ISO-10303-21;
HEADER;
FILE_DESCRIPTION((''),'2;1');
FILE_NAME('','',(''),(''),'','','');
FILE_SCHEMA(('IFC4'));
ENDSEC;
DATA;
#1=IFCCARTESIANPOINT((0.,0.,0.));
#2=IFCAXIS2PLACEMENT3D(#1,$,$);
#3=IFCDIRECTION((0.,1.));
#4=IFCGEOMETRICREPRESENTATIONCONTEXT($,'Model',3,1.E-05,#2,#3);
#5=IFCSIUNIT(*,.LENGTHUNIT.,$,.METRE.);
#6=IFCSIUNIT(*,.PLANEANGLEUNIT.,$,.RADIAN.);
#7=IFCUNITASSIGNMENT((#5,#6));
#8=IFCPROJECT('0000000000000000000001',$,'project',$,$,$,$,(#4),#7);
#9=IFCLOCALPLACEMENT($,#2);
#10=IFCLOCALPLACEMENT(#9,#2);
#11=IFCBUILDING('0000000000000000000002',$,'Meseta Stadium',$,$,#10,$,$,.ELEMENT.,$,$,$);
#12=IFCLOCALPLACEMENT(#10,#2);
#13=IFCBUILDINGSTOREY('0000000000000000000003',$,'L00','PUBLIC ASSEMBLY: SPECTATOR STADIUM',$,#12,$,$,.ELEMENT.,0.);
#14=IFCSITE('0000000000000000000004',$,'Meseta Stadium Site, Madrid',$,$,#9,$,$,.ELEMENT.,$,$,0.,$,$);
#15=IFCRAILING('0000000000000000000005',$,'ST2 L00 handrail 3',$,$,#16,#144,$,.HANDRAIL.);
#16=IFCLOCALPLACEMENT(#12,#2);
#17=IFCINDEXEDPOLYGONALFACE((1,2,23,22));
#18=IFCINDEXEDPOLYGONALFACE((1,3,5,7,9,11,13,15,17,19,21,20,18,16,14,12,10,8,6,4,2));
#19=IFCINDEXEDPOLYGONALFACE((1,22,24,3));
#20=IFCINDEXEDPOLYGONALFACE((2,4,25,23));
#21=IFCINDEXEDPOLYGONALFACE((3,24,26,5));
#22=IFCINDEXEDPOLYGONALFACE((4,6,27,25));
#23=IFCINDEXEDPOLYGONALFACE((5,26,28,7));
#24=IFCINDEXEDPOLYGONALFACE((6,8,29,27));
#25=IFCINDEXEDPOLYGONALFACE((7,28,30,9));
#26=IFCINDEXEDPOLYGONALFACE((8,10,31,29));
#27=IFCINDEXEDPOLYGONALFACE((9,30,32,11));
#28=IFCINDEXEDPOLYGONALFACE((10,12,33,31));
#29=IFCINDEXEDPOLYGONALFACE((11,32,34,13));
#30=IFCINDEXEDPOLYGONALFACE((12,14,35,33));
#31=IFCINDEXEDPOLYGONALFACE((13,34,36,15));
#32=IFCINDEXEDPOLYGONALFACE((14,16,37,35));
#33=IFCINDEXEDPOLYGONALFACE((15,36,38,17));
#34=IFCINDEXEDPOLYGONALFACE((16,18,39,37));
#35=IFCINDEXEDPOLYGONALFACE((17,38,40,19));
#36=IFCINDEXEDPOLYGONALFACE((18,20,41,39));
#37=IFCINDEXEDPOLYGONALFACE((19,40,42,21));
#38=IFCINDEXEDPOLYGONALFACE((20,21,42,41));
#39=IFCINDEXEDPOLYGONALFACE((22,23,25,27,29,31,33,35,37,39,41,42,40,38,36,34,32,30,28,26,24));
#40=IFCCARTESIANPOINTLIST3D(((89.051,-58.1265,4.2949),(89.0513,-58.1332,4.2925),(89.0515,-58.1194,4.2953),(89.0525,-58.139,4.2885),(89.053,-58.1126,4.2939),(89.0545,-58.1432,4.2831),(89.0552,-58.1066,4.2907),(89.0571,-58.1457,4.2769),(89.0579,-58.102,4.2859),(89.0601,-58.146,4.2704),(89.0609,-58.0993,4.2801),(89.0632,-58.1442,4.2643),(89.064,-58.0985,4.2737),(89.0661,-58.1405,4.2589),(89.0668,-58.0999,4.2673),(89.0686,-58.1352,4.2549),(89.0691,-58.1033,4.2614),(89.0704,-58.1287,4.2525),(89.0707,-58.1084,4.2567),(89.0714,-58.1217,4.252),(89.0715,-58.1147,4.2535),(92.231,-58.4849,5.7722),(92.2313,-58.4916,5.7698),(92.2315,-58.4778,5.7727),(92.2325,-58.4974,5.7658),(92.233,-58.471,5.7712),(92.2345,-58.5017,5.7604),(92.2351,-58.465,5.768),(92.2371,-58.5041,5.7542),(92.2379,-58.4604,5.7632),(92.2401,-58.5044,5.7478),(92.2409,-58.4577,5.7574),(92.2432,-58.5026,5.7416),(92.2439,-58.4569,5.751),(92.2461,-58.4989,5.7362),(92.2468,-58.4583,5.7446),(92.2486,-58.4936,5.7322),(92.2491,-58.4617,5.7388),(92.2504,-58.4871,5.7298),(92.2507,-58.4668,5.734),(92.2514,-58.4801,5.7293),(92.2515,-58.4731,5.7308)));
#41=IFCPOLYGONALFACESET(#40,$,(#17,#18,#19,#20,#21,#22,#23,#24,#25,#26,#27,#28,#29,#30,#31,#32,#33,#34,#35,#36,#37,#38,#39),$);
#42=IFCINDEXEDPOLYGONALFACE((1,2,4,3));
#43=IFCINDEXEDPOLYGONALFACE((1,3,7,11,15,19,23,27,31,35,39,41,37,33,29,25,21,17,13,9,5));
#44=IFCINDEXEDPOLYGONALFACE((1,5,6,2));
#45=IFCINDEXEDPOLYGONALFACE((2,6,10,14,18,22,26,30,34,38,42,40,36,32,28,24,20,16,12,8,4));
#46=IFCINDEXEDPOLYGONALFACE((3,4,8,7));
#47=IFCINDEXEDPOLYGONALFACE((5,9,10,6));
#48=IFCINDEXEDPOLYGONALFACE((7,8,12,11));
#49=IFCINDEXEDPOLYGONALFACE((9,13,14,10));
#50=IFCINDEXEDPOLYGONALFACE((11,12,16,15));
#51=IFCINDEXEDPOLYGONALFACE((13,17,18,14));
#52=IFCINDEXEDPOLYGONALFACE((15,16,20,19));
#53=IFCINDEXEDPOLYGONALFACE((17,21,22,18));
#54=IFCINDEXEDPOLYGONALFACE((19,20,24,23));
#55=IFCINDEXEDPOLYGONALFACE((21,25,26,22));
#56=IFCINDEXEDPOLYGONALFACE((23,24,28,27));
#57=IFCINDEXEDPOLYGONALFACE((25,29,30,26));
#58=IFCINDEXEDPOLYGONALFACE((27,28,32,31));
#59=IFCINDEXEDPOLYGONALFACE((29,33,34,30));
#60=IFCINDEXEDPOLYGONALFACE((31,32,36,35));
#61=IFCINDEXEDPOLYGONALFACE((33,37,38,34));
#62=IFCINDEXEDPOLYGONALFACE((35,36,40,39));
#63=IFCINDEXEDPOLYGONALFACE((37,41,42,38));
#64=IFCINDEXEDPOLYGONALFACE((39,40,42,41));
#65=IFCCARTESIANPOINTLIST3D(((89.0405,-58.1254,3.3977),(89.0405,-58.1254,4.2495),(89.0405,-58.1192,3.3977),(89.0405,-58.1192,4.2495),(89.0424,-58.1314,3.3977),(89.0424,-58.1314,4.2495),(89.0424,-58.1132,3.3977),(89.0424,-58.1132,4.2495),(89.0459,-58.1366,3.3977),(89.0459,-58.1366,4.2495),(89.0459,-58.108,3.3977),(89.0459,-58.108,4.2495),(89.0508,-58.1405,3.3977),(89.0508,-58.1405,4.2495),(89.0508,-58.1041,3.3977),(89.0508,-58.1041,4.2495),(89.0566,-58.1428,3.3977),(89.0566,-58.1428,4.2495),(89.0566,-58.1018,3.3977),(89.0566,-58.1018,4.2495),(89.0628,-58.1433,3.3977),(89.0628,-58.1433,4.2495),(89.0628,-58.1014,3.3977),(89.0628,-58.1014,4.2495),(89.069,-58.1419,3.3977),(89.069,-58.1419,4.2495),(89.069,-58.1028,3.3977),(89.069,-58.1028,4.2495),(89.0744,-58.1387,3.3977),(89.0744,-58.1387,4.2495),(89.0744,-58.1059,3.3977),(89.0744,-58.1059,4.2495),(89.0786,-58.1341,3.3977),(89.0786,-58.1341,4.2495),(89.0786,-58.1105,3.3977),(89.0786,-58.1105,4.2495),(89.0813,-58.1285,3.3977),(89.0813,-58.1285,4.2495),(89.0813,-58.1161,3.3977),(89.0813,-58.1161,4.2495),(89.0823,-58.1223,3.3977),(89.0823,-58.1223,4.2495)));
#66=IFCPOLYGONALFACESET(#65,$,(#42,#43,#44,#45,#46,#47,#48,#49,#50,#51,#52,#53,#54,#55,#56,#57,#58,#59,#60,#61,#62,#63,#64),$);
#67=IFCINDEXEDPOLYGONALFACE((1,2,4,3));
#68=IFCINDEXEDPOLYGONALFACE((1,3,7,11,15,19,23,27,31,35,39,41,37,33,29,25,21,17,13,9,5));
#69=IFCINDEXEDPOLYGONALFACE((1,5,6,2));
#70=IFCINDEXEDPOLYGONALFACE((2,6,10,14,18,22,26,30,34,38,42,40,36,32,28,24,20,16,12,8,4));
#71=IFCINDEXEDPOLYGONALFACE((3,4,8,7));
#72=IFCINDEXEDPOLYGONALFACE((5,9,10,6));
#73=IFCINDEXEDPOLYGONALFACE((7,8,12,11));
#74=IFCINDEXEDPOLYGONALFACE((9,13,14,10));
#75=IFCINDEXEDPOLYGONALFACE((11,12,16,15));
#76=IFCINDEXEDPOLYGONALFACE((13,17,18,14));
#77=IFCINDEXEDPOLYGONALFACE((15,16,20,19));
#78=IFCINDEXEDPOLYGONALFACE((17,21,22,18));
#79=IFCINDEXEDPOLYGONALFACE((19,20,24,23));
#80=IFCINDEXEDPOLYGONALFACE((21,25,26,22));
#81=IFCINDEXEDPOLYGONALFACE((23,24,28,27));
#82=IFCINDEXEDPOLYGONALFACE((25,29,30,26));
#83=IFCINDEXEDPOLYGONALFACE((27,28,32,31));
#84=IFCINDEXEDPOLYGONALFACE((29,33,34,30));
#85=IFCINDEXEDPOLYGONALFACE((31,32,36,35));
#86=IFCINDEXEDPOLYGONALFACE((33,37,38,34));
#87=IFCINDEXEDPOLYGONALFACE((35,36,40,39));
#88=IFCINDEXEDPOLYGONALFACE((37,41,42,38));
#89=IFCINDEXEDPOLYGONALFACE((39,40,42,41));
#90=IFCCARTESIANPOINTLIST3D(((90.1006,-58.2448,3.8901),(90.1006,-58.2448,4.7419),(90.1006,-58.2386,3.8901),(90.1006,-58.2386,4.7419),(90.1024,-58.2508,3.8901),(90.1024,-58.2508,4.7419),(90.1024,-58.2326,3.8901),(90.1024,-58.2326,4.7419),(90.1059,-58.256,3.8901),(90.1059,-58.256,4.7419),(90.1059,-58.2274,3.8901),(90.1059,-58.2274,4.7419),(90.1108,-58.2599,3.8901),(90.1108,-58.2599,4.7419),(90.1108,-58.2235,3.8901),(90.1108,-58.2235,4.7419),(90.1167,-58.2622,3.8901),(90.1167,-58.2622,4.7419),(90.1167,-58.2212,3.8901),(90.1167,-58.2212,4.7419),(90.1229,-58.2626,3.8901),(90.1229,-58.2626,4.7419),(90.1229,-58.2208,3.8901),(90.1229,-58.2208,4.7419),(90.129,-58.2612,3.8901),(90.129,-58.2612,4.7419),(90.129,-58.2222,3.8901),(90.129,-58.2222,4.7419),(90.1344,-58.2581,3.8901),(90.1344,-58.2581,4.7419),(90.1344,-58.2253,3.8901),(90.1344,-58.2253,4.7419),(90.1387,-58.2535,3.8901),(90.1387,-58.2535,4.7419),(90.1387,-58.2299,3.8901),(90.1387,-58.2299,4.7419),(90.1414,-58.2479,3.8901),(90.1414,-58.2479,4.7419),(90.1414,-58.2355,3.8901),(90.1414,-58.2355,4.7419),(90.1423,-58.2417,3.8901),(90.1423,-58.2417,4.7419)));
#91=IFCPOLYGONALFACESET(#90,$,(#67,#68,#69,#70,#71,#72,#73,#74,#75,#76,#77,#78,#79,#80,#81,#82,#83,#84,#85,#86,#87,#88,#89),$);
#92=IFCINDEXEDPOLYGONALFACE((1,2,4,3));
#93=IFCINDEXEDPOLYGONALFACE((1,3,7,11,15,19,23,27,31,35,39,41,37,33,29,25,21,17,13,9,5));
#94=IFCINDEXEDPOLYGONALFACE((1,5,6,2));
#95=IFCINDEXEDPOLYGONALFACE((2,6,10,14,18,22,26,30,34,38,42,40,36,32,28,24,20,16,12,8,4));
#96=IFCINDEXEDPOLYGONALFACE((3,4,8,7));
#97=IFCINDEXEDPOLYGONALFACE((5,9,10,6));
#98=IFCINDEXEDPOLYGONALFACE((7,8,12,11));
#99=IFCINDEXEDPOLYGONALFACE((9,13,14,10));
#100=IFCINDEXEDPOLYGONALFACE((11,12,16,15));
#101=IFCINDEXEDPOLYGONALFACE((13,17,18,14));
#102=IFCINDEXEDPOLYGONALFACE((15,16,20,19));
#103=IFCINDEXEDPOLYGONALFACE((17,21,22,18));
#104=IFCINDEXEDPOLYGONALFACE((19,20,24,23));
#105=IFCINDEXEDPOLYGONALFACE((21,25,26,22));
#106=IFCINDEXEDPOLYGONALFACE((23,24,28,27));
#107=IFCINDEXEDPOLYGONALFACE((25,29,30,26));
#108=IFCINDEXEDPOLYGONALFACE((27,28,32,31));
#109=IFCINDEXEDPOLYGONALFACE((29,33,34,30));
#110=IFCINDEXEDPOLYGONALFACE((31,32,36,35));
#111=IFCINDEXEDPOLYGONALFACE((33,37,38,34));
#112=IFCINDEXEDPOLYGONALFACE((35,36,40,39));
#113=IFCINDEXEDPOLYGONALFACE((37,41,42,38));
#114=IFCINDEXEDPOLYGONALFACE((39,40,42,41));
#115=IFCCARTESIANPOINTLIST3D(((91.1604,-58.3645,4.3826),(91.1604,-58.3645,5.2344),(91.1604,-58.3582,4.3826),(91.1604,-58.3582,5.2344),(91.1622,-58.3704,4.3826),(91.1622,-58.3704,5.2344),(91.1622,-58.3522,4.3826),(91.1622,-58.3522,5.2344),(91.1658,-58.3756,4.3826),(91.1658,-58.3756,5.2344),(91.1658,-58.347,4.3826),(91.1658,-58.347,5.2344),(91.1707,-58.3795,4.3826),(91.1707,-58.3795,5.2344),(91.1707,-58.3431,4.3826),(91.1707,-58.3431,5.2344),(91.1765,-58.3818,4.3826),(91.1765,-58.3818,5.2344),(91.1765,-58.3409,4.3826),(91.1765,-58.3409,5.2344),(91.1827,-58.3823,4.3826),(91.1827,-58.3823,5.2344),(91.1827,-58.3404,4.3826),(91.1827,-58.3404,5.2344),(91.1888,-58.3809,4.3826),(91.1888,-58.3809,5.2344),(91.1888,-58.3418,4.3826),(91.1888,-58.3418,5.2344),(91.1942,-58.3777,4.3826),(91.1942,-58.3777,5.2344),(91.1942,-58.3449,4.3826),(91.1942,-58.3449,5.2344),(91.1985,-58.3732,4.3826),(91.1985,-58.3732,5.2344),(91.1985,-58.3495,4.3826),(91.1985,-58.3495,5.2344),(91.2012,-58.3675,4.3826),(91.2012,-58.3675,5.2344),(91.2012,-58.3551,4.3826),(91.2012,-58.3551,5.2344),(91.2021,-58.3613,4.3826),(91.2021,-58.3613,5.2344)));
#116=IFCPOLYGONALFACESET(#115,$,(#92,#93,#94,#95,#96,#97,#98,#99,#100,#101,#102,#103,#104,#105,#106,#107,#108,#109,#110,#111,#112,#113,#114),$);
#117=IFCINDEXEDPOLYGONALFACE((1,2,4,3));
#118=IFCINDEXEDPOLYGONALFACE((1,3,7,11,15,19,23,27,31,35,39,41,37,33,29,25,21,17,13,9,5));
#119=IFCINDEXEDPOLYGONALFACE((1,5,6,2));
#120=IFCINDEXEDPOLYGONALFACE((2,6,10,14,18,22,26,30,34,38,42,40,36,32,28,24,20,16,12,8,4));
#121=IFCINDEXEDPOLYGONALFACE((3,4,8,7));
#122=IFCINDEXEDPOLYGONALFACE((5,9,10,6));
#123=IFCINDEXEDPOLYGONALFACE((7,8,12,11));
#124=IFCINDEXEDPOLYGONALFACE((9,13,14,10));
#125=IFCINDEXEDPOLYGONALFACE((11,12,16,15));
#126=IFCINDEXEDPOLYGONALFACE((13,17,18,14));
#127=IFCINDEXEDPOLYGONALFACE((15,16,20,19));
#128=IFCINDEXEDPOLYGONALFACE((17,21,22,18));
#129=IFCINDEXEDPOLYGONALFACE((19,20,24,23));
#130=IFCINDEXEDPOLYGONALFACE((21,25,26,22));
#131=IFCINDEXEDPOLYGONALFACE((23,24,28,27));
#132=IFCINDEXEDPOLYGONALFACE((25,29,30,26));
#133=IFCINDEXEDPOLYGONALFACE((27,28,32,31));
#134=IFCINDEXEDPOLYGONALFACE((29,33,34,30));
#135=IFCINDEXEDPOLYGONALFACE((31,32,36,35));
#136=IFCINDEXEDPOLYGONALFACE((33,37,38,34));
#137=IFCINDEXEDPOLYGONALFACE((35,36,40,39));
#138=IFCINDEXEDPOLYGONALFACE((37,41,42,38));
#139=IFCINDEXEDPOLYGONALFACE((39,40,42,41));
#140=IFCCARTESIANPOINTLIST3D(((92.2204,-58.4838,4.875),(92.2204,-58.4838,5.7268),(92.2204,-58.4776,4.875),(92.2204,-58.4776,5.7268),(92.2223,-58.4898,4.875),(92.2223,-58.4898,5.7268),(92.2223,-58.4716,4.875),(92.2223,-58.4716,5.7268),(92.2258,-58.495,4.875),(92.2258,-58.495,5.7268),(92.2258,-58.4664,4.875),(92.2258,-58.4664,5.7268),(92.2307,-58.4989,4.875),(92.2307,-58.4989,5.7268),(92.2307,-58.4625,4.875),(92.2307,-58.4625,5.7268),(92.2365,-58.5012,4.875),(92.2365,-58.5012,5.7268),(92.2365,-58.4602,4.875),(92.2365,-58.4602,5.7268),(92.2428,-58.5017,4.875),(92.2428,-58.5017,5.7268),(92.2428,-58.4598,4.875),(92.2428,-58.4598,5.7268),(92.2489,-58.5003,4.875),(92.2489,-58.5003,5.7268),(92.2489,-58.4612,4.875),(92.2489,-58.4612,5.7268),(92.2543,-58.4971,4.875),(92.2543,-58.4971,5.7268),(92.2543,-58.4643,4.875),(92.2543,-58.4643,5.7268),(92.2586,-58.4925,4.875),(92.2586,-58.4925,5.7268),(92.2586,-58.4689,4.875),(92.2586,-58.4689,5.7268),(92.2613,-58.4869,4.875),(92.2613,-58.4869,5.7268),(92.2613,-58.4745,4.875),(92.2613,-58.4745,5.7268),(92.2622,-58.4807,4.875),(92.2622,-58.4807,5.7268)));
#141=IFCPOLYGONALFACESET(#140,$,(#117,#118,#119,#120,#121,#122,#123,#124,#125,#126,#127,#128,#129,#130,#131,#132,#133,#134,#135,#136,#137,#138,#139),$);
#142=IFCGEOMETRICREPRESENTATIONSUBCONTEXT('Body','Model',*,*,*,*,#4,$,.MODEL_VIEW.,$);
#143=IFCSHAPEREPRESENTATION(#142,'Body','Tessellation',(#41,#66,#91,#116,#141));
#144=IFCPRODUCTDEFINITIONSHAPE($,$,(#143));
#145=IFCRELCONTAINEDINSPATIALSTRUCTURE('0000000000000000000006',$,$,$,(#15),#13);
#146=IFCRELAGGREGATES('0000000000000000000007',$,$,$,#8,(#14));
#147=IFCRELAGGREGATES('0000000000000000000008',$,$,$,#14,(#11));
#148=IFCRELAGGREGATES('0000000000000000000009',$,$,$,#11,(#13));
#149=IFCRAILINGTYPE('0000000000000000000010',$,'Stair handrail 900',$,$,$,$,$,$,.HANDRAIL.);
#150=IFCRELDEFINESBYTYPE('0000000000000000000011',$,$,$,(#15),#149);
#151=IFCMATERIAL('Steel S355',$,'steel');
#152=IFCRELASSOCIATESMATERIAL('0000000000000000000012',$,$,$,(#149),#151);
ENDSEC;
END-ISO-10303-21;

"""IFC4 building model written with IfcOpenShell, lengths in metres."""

from ifc_helpers import new_model, si_unit, direction, frame, origin, origin_2d, place, context, subcontext, project, spatial, circle, extrude, material, type_object, element, save


model = new_model("IFC4")

# Units and contexts
model_context = context("Model", 3, precision=1e-05, world=origin(), true_north=direction((0.0, 1.0)))
body_context = subcontext(model_context, "Body", "Model", "MODEL_VIEW")
ifc_project = project(units=[si_unit("LENGTHUNIT", "METRE"), si_unit("PLANEANGLEUNIT", "RADIAN")], contexts=[model_context])

# Site, building, storey
site_placement = place(None, origin())
site = spatial("IfcSite", under=ifc_project, at=site_placement, Name="Meseta Stadium Site, Madrid", CompositionType="ELEMENT", RefElevation=0.0)
building_placement = place(site_placement, origin())
building = spatial("IfcBuilding", under=site, at=building_placement, Name="Meseta Stadium", CompositionType="ELEMENT")
storey_placement = place(building_placement, origin())
storey = spatial("IfcBuildingStorey", under=building, at=storey_placement, Name="L00", Description="PUBLIC ASSEMBLY: SPECTATOR STADIUM", CompositionType="ELEMENT", Elevation=0.0)

# Railing
ifc_material_1 = material(Name="Steel S355", Category="steel")
railing_type_1 = type_object("IfcRailingType", Name="Stair handrail 900", PredefinedType="HANDRAIL", material=ifc_material_1)
for number, where, name in (
    (1, (89.0613, -58.1223, 3.3977), "ST2 L00 handrail 3"),
):
    element("IfcRailing", number, at=place(storey_placement, frame(where)), inside=storey, type_object=railing_type_1, Name=name, PredefinedType="HANDRAIL", context=body_context, shape_type="SweptSolid", body=[
        extrude(circle(Radius=0.0239, at=origin_2d()), frame((0.0, 0.0, 0.876), z_axis=(0.90221, -0.101685, 0.419138), x_axis=(0.111997, 0.993709, 0.0)), (0.0, 0.0, 1.0), 3.5247),
        extrude(circle(Radius=0.021, at=origin_2d()), origin(), (0.0, 0.0, 1.0), 0.8518),
        extrude(circle(Radius=0.021, at=origin_2d()), frame((1.0601, -0.1194, 0.4924)), (0.0, 0.0, 1.0), 0.8518),
        extrude(circle(Radius=0.021, at=origin_2d()), frame((2.1199, -0.239, 0.9849)), (0.0, 0.0, 1.0), 0.8518),
        extrude(circle(Radius=0.021, at=origin_2d()), frame((3.1799, -0.3584, 1.4773)), (0.0, 0.0, 1.0), 0.8518),
    ])

save(model, "model.ifc")
